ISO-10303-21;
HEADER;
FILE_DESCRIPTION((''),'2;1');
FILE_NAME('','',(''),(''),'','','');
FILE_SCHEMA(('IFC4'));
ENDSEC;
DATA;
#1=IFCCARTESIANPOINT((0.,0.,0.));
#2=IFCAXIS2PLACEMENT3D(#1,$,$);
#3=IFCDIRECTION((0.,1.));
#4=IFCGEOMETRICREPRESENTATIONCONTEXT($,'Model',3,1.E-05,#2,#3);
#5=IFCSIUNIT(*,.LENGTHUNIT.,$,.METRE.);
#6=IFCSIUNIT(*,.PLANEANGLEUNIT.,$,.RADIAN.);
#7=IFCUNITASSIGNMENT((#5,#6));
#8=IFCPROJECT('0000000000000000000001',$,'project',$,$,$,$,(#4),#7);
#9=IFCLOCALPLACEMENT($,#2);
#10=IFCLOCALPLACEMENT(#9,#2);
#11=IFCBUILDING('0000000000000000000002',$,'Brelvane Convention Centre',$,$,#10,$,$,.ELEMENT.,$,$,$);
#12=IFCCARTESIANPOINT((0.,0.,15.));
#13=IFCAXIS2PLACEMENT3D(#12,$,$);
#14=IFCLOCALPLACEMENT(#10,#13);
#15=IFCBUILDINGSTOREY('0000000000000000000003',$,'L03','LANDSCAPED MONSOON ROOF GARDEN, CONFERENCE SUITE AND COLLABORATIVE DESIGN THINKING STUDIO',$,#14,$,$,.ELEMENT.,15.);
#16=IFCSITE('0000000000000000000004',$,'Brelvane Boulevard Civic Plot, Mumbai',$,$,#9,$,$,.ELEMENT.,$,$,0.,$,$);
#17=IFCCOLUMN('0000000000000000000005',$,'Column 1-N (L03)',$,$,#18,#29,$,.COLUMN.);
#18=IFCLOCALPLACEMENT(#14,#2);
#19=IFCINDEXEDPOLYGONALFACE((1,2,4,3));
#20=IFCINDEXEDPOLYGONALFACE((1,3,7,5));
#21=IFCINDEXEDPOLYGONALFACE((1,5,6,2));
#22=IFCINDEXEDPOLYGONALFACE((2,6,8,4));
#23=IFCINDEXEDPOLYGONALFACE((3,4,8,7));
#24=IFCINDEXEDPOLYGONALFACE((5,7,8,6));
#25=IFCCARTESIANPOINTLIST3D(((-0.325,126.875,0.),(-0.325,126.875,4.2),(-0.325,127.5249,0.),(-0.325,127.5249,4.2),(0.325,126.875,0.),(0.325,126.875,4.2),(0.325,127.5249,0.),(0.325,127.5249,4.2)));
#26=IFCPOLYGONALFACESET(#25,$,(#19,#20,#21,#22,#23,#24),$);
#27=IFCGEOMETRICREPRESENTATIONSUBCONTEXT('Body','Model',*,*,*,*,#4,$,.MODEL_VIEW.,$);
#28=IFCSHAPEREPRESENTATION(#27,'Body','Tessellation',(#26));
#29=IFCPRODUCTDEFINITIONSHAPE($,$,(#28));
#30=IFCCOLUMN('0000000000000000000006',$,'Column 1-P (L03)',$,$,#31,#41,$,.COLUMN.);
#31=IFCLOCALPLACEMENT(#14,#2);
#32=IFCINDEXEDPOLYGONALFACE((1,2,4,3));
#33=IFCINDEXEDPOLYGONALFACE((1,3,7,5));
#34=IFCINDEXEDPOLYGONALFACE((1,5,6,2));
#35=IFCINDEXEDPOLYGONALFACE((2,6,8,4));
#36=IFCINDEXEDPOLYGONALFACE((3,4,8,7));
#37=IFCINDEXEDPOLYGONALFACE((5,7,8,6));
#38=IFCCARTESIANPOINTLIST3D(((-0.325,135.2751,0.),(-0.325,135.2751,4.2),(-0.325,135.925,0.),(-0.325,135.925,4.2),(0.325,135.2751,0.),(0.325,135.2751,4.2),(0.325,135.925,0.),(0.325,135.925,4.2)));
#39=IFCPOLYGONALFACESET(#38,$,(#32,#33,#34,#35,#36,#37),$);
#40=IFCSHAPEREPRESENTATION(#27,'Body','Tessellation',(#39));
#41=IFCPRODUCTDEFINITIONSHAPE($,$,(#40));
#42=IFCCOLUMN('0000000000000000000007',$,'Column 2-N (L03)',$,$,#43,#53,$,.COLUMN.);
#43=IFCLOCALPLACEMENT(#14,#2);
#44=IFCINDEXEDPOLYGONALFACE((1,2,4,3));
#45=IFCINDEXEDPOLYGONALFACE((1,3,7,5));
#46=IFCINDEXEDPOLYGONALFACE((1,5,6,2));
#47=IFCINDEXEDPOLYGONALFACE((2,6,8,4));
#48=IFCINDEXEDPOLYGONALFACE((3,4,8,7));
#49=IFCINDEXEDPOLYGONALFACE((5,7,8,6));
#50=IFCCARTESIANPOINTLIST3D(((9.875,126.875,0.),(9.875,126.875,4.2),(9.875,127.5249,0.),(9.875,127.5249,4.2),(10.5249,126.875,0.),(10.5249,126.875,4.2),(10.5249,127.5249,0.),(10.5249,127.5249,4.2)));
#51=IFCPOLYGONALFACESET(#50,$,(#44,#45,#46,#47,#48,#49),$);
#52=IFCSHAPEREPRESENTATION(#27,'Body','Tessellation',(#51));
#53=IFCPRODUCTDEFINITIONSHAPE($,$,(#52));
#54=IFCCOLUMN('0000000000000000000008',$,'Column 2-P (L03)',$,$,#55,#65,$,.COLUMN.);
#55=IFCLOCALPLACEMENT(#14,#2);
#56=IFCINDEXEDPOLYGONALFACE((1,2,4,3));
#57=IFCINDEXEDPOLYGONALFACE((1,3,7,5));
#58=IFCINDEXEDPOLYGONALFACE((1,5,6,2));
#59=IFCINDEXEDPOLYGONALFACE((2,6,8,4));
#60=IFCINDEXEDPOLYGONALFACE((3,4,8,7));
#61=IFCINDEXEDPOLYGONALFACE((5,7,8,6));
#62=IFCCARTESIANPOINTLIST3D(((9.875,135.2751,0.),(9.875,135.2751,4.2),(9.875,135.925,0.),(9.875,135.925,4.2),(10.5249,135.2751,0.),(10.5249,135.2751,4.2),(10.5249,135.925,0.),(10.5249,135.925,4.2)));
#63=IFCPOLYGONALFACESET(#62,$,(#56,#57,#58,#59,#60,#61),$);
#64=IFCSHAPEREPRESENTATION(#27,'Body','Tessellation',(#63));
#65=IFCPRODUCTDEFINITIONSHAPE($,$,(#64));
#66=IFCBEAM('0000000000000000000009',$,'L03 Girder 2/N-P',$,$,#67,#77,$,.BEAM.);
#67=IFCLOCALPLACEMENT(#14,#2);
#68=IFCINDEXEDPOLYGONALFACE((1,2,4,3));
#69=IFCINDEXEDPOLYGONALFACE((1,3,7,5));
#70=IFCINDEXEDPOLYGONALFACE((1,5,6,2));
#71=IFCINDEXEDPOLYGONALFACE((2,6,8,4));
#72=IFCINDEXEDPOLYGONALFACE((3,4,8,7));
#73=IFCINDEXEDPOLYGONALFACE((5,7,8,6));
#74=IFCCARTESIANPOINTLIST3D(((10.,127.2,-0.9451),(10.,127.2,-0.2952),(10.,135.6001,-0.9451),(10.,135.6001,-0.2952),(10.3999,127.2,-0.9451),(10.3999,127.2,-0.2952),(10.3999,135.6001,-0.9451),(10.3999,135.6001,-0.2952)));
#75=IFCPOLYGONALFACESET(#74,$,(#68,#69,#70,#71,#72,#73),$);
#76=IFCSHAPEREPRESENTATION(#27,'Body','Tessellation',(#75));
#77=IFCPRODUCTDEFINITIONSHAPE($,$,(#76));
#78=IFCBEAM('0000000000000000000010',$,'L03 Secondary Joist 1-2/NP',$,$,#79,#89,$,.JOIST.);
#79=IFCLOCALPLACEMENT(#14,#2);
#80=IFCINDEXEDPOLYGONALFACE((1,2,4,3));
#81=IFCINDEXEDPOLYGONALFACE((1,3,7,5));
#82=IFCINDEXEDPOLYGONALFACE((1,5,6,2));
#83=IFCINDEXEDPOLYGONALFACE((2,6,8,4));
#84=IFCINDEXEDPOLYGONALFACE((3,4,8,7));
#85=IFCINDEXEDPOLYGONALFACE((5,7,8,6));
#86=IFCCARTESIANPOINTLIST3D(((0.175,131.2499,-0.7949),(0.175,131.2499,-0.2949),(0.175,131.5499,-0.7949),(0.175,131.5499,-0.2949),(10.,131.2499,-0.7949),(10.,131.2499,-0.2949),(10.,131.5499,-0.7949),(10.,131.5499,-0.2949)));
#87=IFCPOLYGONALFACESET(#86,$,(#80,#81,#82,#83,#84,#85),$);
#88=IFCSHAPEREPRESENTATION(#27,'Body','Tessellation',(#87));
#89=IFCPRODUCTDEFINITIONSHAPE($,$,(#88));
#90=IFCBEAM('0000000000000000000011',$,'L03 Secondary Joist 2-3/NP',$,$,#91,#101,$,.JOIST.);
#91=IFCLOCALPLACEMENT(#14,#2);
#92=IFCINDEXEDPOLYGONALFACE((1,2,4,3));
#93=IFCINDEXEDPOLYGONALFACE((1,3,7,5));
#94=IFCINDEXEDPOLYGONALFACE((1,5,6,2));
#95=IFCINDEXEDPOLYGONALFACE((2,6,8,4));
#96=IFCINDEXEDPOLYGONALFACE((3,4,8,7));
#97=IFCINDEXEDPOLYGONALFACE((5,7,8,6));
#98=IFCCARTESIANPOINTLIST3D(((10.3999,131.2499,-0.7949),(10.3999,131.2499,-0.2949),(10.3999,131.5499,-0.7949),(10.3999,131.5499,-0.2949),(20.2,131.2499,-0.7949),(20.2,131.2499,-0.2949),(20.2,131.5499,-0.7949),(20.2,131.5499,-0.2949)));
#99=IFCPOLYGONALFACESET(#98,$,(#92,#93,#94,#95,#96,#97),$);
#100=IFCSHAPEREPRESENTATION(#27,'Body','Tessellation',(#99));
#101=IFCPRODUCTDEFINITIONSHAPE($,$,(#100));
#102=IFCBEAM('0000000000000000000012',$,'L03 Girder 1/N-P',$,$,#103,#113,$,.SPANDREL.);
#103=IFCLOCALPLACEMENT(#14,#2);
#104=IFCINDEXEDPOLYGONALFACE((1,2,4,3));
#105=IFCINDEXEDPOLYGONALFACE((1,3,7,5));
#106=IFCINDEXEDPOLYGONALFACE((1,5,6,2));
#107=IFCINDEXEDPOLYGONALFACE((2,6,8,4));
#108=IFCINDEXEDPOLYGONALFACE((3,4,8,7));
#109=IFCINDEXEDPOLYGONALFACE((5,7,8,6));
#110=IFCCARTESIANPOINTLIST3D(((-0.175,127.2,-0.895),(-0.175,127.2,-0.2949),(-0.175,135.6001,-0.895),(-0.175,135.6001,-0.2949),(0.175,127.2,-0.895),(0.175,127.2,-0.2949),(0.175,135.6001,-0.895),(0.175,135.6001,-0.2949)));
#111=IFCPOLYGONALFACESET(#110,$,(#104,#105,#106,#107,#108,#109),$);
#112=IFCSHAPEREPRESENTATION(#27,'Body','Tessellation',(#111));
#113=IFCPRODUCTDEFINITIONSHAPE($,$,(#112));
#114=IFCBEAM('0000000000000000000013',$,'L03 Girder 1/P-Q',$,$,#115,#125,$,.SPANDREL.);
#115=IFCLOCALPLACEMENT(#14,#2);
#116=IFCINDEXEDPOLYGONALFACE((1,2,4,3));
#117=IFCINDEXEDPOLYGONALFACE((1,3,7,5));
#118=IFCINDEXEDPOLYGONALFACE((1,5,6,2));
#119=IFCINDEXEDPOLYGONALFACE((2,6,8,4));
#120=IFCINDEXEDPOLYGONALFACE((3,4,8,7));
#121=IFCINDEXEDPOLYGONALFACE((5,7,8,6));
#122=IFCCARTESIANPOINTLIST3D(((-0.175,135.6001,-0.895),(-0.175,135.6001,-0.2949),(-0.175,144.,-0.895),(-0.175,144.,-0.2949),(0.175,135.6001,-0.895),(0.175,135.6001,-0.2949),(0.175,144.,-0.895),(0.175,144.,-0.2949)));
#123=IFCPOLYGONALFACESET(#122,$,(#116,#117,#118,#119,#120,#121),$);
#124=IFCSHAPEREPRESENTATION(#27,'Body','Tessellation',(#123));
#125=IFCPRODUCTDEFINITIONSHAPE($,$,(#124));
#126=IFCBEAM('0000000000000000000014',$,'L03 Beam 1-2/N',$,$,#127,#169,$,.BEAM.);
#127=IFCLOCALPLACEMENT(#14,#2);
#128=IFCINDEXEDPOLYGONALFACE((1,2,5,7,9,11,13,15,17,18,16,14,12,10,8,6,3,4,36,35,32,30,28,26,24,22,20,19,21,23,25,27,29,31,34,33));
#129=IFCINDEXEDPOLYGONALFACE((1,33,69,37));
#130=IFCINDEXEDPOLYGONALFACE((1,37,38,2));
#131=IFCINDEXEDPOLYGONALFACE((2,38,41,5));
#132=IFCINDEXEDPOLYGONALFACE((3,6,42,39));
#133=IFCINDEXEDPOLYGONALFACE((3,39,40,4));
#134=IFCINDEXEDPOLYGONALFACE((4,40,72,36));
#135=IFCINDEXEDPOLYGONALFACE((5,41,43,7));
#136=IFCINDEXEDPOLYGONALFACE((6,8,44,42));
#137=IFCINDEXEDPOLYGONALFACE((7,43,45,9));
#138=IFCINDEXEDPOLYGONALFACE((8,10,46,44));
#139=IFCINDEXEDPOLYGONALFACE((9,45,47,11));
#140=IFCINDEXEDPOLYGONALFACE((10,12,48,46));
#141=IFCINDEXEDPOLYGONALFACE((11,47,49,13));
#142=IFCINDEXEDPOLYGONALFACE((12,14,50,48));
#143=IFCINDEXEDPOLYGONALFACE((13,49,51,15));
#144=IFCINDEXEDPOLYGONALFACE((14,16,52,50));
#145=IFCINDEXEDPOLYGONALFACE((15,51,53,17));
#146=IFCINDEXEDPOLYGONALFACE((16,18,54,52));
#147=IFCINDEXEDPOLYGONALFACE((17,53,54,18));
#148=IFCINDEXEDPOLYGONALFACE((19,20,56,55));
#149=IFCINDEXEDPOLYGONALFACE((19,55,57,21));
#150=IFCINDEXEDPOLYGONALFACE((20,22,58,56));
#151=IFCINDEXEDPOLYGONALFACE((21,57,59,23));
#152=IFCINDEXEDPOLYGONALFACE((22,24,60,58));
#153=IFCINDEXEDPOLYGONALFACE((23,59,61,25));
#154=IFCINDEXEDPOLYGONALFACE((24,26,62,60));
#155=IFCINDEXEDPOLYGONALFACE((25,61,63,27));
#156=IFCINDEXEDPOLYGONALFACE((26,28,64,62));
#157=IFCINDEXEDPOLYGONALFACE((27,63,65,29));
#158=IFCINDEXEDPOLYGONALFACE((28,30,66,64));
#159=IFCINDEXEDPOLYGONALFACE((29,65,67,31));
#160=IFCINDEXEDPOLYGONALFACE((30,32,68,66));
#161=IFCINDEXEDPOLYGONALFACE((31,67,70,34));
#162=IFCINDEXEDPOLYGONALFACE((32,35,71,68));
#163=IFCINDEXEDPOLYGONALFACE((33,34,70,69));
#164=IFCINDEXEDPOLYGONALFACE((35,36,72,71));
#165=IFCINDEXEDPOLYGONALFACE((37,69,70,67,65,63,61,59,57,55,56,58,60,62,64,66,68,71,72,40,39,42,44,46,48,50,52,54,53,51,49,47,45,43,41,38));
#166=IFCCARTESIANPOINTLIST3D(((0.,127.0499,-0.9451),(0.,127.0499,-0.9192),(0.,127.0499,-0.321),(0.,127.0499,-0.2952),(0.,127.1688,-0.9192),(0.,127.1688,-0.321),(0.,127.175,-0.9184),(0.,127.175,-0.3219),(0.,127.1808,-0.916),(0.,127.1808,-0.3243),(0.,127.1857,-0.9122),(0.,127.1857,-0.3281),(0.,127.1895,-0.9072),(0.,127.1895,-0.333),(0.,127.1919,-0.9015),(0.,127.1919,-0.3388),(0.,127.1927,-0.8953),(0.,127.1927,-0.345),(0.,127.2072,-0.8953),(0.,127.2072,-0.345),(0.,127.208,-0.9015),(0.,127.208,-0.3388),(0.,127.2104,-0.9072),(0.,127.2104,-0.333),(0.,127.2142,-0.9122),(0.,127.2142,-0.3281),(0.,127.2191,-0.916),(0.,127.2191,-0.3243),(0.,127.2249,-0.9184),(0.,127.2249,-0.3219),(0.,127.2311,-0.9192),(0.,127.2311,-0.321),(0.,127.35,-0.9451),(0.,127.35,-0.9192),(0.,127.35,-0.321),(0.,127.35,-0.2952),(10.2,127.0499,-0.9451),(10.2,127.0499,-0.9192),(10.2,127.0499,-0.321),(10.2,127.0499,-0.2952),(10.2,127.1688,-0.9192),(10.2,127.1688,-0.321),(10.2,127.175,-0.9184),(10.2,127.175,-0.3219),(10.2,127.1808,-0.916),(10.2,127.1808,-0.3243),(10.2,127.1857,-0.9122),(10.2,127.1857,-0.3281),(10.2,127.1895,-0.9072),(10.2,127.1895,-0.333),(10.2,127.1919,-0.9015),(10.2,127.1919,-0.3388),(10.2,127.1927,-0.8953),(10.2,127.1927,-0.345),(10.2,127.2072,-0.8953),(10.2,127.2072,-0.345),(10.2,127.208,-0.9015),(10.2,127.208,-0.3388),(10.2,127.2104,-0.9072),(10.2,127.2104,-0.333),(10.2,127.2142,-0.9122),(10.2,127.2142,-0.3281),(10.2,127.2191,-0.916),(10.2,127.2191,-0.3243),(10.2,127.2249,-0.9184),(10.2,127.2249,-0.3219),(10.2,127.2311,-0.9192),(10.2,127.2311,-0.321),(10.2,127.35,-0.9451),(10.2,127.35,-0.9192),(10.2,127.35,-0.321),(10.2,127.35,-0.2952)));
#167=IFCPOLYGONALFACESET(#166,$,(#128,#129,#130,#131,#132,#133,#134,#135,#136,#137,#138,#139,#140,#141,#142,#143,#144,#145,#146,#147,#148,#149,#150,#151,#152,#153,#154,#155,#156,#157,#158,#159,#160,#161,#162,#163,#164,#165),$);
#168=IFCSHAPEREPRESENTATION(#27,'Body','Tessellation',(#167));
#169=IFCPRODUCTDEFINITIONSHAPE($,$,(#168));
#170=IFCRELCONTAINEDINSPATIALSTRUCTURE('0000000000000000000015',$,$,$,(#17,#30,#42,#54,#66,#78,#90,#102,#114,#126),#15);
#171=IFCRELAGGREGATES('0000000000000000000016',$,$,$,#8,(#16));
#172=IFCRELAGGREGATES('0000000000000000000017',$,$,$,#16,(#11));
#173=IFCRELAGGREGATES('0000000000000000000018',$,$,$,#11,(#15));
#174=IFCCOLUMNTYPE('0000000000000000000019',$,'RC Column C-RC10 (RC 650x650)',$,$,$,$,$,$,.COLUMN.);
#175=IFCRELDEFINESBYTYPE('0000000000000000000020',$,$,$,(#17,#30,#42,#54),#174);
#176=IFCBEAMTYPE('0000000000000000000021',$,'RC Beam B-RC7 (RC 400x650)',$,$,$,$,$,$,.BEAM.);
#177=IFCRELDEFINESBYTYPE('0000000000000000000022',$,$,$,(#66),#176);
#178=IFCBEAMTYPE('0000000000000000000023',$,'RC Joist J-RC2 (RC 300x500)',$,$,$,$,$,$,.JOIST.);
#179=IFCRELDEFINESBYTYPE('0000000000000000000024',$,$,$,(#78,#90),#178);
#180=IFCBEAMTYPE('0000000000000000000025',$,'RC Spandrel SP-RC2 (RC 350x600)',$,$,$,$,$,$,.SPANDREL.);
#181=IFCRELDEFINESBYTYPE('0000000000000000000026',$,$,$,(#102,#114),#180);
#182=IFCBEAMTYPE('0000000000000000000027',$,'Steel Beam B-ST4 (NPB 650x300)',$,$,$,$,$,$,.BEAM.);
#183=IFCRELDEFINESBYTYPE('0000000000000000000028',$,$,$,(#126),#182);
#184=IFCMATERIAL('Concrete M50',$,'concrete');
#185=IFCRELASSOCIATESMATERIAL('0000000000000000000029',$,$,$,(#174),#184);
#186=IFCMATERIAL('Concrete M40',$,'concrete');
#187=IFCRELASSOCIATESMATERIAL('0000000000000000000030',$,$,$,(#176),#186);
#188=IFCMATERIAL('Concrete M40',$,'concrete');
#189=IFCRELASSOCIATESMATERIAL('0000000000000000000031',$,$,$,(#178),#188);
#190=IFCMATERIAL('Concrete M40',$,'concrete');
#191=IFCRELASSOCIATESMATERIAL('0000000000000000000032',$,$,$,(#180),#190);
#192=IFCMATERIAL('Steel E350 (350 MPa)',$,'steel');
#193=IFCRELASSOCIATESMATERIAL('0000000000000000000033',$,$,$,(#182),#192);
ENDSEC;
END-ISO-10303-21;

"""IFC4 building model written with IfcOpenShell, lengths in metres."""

from ifc_helpers import new_model, si_unit, direction, frame, origin, origin_2d, place, context, subcontext, project, spatial, rectangle, i_section, extrude, material, material_profile, profile_set, type_object, element, save


model = new_model("IFC4")

# Units and contexts
model_context = context("Model", 3, precision=1e-05, world=origin(), true_north=direction((0.0, 1.0)))
body_context = subcontext(model_context, "Body", "Model", "MODEL_VIEW")
ifc_project = project(units=[si_unit("LENGTHUNIT", "METRE"), si_unit("PLANEANGLEUNIT", "RADIAN")], contexts=[model_context])

# Site, building, storey
site_placement = place(None, origin())
site = spatial("IfcSite", under=ifc_project, at=site_placement, Name="Brelvane Boulevard Civic Plot, Mumbai", CompositionType="ELEMENT", RefElevation=0.0)
building_placement = place(site_placement, origin())
building = spatial("IfcBuilding", under=site, at=building_placement, Name="Brelvane Convention Centre", CompositionType="ELEMENT")
storey_placement = place(building_placement, frame((0.0, 0.0, 15.0)))
storey = spatial("IfcBuildingStorey", under=building, at=storey_placement, Name="L03", Description="LANDSCAPED MONSOON ROOF GARDEN, CONFERENCE SUITE AND COLLABORATIVE DESIGN THINKING STUDIO", CompositionType="ELEMENT", Elevation=15.0)

# Columns
ifc_material_1 = material(Name="Concrete M50", Category="concrete")
ifc_material_profile_1 = material_profile(ifc_material_1, rectangle(XDim=0.6499, YDim=0.6499, at=origin_2d()), Name="RC 650x650")
ifc_profile_set_1 = profile_set([ifc_material_profile_1], Name="Concrete M50")
column_type = type_object("IfcColumnType", Name="RC Column C-RC10 (RC 650x650)", PredefinedType="COLUMN", material=ifc_profile_set_1)
for number, where, z_axis, x_axis, name in (
    (1, (0.0, 127.2, 0.0), (0.0, 0.0, 1.0), (1.0, 0.0, 0.0), "Column 1-N (L03)"),
    (2, (0.0, 135.6001, 0.0), (0.0, 0.0, 1.0), (1.0, 0.0, 0.0), "Column 1-P (L03)"),
    (3, (10.2, 127.2, 0.0), (0.0, 0.0, 1.0), (1.0, 0.0, 0.0), "Column 2-N (L03)"),
    (4, (10.2, 135.6001, 0.0), (0.0, 0.0, 1.0), (1.0, 0.0, 0.0), "Column 2-P (L03)"),
):
    element("IfcColumn", number, at=place(storey_placement, frame(where, z_axis=z_axis, x_axis=x_axis)), inside=storey, type_object=column_type, Name=name, PredefinedType="COLUMN", context=body_context, shape_type="SweptSolid", body=[
        extrude(rectangle(XDim=0.6499, YDim=0.6499, at=origin_2d()), origin(), (0.0, 0.0, 1.0), 4.2),
    ])

# Beams
ifc_material_2 = material(Name="Concrete M40", Category="concrete")
ifc_material_profile_2 = material_profile(ifc_material_2, rectangle(XDim=0.3999, YDim=0.6499, at=origin_2d()), Name="RC 400x650")
ifc_profile_set_2 = profile_set([ifc_material_profile_2], Name="Concrete M40")
beam_type_1 = type_object("IfcBeamType", Name="RC Beam B-RC7 (RC 400x650)", PredefinedType="BEAM", material=ifc_profile_set_2)
beam_1_placement = place(storey_placement, frame((10.2, 127.2, -0.6201), z_axis=(0.0, 1.0, 0.0), x_axis=(-1.0, 0.0, 0.0)))
element("IfcBeam", 5, at=beam_1_placement, inside=storey, type_object=beam_type_1, Name="L03 Girder 2/N-P", PredefinedType="BEAM", context=body_context, shape_type="SweptSolid", body=[
    extrude(rectangle(XDim=0.3999, YDim=0.6499, at=origin_2d()), origin(), (0.0, 0.0, 1.0), 8.4001),
])
ifc_material_3 = material(Name="Concrete M40", Category="concrete")
ifc_material_profile_3 = material_profile(ifc_material_3, rectangle(XDim=0.3, YDim=0.5, at=origin_2d()), Name="RC 300x500")
ifc_profile_set_3 = profile_set([ifc_material_profile_3], Name="Concrete M40")
beam_type_2 = type_object("IfcBeamType", Name="RC Joist J-RC2 (RC 300x500)", PredefinedType="JOIST", material=ifc_profile_set_3)
beam_2_placement = place(storey_placement, frame((0.175, 131.3999, -0.5449), z_axis=(1.0, 0.0, 0.0), x_axis=(0.0, 1.0, 0.0)))
element("IfcBeam", 6, at=beam_2_placement, inside=storey, type_object=beam_type_2, Name="L03 Secondary Joist 1-2/NP", PredefinedType="JOIST", context=body_context, shape_type="SweptSolid", body=[
    extrude(rectangle(XDim=0.3, YDim=0.5, at=origin_2d()), origin(), (0.0, 0.0, 1.0), 9.825),
])
beam_3_placement = place(storey_placement, frame((10.3999, 131.3999, -0.5449), z_axis=(1.0, 0.0, 0.0), x_axis=(0.0, 1.0, 0.0)))
element("IfcBeam", 7, at=beam_3_placement, inside=storey, type_object=beam_type_2, Name="L03 Secondary Joist 2-3/NP", PredefinedType="JOIST", context=body_context, shape_type="SweptSolid", body=[
    extrude(rectangle(XDim=0.3, YDim=0.5, at=origin_2d()), origin(), (0.0, 0.0, 1.0), 9.8),
])
ifc_material_4 = material(Name="Concrete M40", Category="concrete")
ifc_material_profile_4 = material_profile(ifc_material_4, rectangle(XDim=0.3501, YDim=0.6001, at=origin_2d()), Name="RC 350x600")
ifc_profile_set_4 = profile_set([ifc_material_profile_4], Name="Concrete M40")
beam_type_3 = type_object("IfcBeamType", Name="RC Spandrel SP-RC2 (RC 350x600)", PredefinedType="SPANDREL", material=ifc_profile_set_4)
beam_4_placement = place(storey_placement, frame((0.0, 127.2, -0.595), z_axis=(0.0, 1.0, 0.0), x_axis=(-1.0, 0.0, 0.0)))
element("IfcBeam", 8, at=beam_4_placement, inside=storey, type_object=beam_type_3, Name="L03 Girder 1/N-P", PredefinedType="SPANDREL", context=body_context, shape_type="SweptSolid", body=[
    extrude(rectangle(XDim=0.3501, YDim=0.6001, at=origin_2d()), origin(), (0.0, 0.0, 1.0), 8.4001),
])
beam_5_placement = place(storey_placement, frame((0.0, 135.6001, -0.595), z_axis=(0.0, 1.0, 0.0), x_axis=(-1.0, 0.0, 0.0)))
element("IfcBeam", 9, at=beam_5_placement, inside=storey, type_object=beam_type_3, Name="L03 Girder 1/P-Q", PredefinedType="SPANDREL", context=body_context, shape_type="SweptSolid", body=[
    extrude(rectangle(XDim=0.3501, YDim=0.6001, at=origin_2d()), origin(), (0.0, 0.0, 1.0), 8.3999),
])
ifc_material_5 = material(Name="Steel E350 (350 MPa)", Category="steel")
ifc_material_profile_5 = material_profile(ifc_material_5, i_section(OverallWidth=0.3, OverallDepth=0.6499, WebThickness=0.0144, FlangeThickness=0.0259, FilletRadius=0.0239, at=origin_2d()), Name="NPB 650x300")
ifc_profile_set_5 = profile_set([ifc_material_profile_5], Name="Steel E350 (350 MPa)")
beam_type_4 = type_object("IfcBeamType", Name="Steel Beam B-ST4 (NPB 650x300)", PredefinedType="BEAM", material=ifc_profile_set_5)
for number, where, z_axis, x_axis, name in (
    (10, (0.0, 127.2, -0.6201), (1.0, 0.0, 0.0), (0.0, 1.0, 0.0), "L03 Beam 1-2/N"),
):
    element("IfcBeam", number, at=place(storey_placement, frame(where, z_axis=z_axis, x_axis=x_axis)), inside=storey, type_object=beam_type_4, Name=name, PredefinedType="BEAM", context=body_context, shape_type="SweptSolid", body=[
        extrude(i_section(OverallWidth=0.3, OverallDepth=0.6499, WebThickness=0.0144, FlangeThickness=0.0259, FilletRadius=0.0239, at=origin_2d()), origin(), (0.0, 0.0, 1.0), 10.2),
    ])

save(model, "model.ifc")
